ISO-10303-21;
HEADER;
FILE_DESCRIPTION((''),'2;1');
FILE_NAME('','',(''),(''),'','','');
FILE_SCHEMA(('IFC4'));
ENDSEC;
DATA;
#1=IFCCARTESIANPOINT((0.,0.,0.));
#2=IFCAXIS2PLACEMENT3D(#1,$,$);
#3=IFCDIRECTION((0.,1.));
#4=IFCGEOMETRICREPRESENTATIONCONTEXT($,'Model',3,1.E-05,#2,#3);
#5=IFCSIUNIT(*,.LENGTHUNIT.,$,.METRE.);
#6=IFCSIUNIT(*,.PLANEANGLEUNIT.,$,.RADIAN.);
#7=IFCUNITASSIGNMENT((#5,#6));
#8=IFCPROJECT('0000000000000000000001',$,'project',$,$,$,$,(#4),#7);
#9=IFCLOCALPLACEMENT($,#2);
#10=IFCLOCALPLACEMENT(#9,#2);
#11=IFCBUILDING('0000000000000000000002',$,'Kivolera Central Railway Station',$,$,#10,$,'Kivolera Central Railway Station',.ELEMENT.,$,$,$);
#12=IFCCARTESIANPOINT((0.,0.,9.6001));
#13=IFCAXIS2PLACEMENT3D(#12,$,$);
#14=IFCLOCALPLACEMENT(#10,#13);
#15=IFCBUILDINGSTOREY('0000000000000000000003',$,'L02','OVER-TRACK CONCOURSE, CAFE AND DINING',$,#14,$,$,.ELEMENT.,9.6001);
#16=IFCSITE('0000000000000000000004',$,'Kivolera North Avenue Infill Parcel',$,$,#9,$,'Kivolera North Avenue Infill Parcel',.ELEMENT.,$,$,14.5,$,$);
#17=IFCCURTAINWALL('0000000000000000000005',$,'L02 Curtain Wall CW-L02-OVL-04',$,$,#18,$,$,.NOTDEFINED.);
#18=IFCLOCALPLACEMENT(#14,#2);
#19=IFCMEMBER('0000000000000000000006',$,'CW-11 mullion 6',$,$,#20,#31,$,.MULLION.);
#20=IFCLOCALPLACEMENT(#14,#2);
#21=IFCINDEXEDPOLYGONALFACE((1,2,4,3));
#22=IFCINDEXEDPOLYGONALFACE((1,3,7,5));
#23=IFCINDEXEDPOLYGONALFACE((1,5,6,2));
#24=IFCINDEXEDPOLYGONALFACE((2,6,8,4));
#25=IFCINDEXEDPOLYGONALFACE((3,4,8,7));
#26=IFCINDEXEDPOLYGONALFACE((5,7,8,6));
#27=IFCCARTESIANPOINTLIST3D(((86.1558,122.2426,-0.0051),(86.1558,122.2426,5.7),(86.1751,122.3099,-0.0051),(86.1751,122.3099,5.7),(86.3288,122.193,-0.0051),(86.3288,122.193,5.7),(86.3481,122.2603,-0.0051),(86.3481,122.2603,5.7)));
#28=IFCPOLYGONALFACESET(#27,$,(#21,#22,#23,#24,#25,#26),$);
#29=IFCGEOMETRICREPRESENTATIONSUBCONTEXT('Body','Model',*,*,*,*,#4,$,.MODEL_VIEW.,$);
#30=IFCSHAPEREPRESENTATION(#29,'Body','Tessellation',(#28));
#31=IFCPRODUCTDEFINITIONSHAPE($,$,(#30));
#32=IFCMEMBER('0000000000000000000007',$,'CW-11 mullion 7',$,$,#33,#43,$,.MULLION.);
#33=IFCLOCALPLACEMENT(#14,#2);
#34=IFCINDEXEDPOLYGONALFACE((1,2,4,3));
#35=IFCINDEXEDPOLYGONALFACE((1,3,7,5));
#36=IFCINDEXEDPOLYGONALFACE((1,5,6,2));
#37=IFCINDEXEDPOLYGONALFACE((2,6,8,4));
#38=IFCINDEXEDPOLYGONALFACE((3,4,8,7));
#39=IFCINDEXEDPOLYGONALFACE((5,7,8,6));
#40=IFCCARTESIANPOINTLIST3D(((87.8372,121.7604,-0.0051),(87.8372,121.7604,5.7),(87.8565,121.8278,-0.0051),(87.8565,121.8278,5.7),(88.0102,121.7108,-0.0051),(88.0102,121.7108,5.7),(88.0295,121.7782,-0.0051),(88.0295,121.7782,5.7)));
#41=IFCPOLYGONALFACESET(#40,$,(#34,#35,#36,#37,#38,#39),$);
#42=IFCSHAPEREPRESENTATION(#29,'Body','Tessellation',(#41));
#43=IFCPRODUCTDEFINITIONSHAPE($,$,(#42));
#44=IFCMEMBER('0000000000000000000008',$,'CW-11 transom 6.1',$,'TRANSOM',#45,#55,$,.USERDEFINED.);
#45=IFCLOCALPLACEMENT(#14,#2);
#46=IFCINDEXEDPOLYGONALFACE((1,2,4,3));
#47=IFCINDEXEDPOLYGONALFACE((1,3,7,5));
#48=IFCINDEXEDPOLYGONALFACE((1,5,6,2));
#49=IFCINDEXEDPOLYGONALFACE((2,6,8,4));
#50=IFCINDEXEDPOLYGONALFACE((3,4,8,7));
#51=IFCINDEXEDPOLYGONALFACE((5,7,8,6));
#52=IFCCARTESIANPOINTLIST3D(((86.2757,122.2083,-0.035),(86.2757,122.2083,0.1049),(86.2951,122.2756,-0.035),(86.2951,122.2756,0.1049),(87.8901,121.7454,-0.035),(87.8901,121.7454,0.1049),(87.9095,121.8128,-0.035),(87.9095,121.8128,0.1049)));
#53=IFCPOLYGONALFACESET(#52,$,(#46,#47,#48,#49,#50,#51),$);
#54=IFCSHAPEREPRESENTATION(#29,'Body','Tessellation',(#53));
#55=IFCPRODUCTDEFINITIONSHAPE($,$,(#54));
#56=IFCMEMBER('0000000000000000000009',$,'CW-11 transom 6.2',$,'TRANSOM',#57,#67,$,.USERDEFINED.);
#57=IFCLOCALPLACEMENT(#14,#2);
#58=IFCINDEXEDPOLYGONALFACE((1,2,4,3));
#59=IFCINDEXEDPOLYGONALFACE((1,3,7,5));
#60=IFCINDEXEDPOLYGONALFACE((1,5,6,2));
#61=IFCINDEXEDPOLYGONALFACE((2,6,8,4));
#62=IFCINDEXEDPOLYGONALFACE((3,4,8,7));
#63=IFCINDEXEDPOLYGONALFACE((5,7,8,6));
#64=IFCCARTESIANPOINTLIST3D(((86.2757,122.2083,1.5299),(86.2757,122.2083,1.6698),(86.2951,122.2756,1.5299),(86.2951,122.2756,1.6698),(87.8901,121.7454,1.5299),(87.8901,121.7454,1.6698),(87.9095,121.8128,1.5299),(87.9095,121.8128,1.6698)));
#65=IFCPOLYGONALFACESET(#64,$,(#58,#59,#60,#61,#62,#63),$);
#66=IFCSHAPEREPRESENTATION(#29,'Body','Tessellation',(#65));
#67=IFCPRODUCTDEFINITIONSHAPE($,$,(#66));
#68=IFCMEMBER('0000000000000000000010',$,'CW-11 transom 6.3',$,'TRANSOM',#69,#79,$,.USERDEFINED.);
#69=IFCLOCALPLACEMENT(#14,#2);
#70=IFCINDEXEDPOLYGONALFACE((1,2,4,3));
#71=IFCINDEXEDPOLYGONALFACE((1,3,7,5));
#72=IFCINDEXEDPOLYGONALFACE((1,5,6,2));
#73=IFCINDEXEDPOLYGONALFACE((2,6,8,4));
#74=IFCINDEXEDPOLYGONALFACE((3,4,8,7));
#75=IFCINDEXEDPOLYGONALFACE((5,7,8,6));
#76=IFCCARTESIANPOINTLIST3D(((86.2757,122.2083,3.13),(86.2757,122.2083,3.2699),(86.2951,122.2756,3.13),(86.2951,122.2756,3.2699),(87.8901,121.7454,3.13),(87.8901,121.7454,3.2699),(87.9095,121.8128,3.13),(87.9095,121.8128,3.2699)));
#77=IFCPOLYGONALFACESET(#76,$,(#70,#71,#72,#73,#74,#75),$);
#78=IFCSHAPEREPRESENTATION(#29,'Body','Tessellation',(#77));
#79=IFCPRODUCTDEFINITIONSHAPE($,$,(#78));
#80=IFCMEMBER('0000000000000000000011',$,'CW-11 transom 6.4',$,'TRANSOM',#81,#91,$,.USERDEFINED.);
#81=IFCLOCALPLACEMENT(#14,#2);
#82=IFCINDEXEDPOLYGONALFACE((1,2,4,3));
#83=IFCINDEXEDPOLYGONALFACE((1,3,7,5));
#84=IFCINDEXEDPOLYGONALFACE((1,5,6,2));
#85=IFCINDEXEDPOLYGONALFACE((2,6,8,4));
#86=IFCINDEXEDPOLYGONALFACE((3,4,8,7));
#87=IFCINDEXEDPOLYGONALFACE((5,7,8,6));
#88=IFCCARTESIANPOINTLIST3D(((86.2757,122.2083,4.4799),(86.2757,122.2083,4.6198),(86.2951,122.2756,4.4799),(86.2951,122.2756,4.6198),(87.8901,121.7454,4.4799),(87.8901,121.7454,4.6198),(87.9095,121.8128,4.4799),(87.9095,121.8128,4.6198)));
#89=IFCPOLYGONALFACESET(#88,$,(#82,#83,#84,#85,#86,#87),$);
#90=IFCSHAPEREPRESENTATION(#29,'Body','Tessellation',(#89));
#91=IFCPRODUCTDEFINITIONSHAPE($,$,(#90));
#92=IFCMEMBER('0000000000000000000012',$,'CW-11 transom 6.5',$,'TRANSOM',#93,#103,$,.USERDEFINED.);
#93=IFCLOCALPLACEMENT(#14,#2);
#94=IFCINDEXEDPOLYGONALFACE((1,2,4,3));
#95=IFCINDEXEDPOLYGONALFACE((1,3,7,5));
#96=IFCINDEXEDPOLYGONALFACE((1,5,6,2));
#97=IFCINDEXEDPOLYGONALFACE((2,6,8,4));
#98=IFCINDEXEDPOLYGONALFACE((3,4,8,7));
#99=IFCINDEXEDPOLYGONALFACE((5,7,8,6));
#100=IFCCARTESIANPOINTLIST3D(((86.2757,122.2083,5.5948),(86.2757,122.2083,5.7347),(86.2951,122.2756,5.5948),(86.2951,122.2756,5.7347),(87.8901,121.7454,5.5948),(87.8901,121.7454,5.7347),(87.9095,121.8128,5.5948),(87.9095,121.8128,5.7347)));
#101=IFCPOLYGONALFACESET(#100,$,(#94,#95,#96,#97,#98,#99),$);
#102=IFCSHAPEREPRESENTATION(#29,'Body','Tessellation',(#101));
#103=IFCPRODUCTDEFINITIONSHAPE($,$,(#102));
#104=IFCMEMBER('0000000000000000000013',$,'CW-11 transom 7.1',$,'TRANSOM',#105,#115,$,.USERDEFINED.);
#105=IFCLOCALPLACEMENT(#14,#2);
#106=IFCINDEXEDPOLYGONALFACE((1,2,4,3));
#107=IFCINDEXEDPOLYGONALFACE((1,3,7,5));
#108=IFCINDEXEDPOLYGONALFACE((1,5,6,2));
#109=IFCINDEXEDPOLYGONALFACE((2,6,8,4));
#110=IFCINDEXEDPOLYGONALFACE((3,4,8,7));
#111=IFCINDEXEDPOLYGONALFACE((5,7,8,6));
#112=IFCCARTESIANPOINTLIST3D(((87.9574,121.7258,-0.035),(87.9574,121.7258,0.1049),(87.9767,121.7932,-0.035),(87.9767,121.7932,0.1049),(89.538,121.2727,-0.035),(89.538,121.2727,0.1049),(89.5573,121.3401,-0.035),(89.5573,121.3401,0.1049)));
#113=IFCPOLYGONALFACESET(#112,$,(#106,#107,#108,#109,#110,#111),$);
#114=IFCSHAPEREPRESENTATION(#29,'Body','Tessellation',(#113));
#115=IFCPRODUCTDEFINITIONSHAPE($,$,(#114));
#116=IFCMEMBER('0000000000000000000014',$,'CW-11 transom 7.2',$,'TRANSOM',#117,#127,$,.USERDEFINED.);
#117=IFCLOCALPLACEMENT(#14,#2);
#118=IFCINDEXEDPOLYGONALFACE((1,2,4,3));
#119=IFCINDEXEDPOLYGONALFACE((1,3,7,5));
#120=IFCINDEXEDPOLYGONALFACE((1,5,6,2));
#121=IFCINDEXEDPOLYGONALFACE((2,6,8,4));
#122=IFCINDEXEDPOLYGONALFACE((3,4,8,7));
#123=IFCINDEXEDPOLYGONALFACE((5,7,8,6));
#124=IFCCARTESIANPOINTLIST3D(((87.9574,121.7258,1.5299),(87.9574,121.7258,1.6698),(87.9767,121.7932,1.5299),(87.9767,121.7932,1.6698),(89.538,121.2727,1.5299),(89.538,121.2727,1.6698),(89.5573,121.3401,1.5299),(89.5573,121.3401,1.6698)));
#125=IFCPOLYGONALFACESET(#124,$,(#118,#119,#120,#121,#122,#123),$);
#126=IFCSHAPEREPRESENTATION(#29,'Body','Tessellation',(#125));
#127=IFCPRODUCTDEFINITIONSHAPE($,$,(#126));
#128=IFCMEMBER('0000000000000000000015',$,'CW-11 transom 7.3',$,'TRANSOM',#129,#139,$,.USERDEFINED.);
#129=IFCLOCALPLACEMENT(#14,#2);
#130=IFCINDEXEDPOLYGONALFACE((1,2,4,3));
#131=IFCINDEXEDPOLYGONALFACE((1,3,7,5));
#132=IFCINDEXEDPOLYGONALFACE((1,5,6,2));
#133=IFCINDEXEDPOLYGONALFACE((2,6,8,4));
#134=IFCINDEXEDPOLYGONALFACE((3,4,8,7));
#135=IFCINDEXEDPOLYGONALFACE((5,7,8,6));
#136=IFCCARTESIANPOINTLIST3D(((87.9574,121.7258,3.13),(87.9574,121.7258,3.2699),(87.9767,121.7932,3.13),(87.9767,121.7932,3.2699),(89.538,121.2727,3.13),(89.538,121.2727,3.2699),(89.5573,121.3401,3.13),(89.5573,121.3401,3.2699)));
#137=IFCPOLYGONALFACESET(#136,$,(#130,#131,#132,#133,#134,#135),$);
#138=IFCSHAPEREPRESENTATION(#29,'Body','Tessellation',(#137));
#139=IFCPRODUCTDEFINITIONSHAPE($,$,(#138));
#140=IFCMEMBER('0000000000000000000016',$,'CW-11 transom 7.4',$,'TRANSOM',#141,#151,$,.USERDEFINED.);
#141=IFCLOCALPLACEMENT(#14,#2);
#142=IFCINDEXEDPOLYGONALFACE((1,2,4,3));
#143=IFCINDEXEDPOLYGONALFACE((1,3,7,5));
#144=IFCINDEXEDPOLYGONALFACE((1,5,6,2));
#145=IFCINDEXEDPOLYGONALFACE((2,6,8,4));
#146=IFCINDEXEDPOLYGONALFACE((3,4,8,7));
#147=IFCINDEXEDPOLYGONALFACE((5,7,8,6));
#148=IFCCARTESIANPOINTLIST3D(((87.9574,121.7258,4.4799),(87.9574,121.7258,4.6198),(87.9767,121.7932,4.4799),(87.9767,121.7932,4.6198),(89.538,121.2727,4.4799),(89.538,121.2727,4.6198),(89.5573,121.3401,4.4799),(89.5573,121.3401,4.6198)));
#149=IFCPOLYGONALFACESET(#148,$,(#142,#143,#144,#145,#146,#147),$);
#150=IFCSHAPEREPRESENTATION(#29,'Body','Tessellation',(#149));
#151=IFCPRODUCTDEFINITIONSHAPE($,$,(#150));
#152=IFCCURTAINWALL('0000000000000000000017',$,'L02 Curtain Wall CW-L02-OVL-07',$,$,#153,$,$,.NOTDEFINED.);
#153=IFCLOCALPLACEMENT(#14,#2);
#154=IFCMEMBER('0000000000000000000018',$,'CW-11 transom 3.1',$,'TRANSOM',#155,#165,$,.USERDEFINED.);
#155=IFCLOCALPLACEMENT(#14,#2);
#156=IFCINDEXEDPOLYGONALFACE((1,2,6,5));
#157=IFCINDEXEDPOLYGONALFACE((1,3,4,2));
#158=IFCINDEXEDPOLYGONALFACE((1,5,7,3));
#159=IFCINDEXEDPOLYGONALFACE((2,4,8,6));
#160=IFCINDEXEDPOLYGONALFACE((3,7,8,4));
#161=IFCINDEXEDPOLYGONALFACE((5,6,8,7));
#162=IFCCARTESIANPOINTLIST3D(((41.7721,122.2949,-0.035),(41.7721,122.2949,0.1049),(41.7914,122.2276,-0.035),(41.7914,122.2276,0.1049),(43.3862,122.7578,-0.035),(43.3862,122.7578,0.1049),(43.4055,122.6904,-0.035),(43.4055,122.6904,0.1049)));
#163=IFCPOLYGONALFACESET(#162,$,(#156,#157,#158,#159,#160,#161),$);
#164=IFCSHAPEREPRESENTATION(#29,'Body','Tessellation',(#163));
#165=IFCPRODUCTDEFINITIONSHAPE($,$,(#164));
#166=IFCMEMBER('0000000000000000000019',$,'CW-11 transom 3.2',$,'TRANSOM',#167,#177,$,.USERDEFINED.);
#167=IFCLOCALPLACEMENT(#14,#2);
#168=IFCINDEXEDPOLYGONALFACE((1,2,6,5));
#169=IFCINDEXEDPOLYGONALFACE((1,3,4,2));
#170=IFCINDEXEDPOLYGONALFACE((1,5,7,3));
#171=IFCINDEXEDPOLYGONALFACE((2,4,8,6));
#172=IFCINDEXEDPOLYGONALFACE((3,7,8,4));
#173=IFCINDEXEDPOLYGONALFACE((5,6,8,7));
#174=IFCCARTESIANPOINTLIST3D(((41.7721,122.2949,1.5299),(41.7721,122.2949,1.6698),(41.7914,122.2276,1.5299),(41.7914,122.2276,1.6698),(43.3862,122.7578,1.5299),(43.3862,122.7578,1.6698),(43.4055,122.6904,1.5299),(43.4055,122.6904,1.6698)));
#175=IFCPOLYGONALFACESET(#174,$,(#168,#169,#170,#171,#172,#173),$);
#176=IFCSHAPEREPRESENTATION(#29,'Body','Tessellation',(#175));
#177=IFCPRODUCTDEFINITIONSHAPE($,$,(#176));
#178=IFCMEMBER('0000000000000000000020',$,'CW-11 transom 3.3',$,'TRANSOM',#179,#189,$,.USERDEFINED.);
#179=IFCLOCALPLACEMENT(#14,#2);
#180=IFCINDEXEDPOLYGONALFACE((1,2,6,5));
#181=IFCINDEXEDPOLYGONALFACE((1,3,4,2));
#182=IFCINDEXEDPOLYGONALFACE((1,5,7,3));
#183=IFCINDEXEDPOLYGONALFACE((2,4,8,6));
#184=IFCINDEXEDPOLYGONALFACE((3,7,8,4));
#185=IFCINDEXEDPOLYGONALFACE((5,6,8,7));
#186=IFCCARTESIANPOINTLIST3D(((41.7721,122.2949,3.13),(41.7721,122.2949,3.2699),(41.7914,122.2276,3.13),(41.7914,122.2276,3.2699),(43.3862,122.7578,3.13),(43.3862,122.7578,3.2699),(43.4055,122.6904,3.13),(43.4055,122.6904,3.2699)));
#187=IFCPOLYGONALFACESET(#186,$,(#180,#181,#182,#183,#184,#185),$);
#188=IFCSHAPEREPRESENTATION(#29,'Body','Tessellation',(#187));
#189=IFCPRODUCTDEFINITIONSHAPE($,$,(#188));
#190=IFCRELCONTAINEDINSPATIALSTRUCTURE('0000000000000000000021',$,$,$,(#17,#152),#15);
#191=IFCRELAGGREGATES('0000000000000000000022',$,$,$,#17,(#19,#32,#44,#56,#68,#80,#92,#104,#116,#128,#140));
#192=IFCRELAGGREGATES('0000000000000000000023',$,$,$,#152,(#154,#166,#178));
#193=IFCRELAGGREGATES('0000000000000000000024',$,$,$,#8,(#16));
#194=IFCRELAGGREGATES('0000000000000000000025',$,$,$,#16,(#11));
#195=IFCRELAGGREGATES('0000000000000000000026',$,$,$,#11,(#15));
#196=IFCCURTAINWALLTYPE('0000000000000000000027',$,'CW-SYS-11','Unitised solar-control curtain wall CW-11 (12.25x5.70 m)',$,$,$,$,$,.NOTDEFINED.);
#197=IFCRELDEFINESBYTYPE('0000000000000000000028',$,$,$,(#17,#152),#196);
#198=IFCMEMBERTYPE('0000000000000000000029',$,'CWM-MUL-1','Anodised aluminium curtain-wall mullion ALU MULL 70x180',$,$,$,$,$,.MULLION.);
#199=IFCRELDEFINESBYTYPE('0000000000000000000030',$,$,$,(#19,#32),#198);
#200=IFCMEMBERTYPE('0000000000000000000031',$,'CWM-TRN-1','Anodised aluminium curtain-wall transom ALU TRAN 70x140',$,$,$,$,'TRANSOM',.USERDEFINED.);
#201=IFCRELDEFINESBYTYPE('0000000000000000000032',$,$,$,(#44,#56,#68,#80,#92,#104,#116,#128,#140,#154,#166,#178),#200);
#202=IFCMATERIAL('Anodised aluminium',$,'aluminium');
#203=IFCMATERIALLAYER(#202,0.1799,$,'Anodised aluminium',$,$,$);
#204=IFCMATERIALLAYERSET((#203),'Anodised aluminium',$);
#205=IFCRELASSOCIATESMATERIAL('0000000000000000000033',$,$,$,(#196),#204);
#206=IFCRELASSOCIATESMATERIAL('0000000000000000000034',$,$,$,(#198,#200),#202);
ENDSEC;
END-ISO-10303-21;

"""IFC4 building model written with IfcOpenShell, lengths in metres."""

from ifc_helpers import new_model, si_unit, direction, frame, origin, origin_2d, place, context, subcontext, project, spatial, rectangle, extrude, material, layer, layer_set, material_profile, profile_set, type_object, element, aggregate, save


model = new_model("IFC4")

# Units and contexts
model_context = context("Model", 3, precision=1e-05, world=origin(), true_north=direction((0.0, 1.0)))
body_context = subcontext(model_context, "Body", "Model", "MODEL_VIEW")
ifc_project = project(units=[si_unit("LENGTHUNIT", "METRE"), si_unit("PLANEANGLEUNIT", "RADIAN")], contexts=[model_context])

# Site, building, storey
site_placement = place(None, origin())
site = spatial("IfcSite", under=ifc_project, at=site_placement, Name="Kivolera North Avenue Infill Parcel", LongName="Kivolera North Avenue Infill Parcel", CompositionType="ELEMENT", RefElevation=14.5)
building_placement = place(site_placement, origin())
building = spatial("IfcBuilding", under=site, at=building_placement, Name="Kivolera Central Railway Station", LongName="Kivolera Central Railway Station", CompositionType="ELEMENT")
storey_placement = place(building_placement, frame((0.0, 0.0, 9.6001)))
storey = spatial("IfcBuildingStorey", under=building, at=storey_placement, Name="L02", Description="OVER-TRACK CONCOURSE, CAFE AND DINING", CompositionType="ELEMENT", Elevation=9.6001)

# Curtain walls, members
ifc_material_1 = material(Name="Anodised aluminium", Category="aluminium")
ifc_layer_1 = layer(ifc_material_1, 0.1799, Name="Anodised aluminium")
ifc_layer_set_1 = layer_set([ifc_layer_1], Name="Anodised aluminium")
curtain_wall_type = type_object("IfcCurtainWallType", Name="CW-SYS-11", Description="Unitised solar-control curtain wall CW-11 (12.25x5.70 m)", PredefinedType="NOTDEFINED", material=ifc_layer_set_1)
curtain_wall_1_placement = place(storey_placement, origin())
curtain_wall_1 = element("IfcCurtainWall", 1, at=curtain_wall_1_placement, inside=storey, type_object=curtain_wall_type, Name="L02 Curtain Wall CW-L02-OVL-04", PredefinedType="NOTDEFINED")
ifc_material_profile_1 = material_profile(ifc_material_1, rectangle(XDim=0.0701, YDim=0.1799, at=origin_2d()), Name="ALU MULL 70x180")
ifc_profile_set_1 = profile_set([ifc_material_profile_1], Name="Anodised aluminium")
member_type_1 = type_object("IfcMemberType", Name="CWM-MUL-1", Description="Anodised aluminium curtain-wall mullion ALU MULL 70x180", PredefinedType="MULLION", material=ifc_profile_set_1)
member_1_placement = place(storey_placement, frame((86.252, 122.2515, -0.0051), z_axis=(0.0, 0.0, 1.0), x_axis=(0.275692, 0.961246, 0.0)))
member_1 = element("IfcMember", 2, at=member_1_placement, type_object=member_type_1, Name="CW-11 mullion 6", PredefinedType="MULLION", context=body_context, shape_type="SweptSolid", body=[
    extrude(rectangle(XDim=0.0701, YDim=0.1799, at=origin_2d()), origin(), (0.0, 0.0, 1.0), 5.7051),
])
member_2_placement = place(storey_placement, frame((87.9333, 121.7693, -0.0051), z_axis=(0.0, 0.0, 1.0), x_axis=(0.275692, 0.961246, 0.0)))
member_2 = element("IfcMember", 3, at=member_2_placement, type_object=member_type_1, Name="CW-11 mullion 7", PredefinedType="MULLION", context=body_context, shape_type="SweptSolid", body=[
    extrude(rectangle(XDim=0.0701, YDim=0.1799, at=origin_2d()), origin(), (0.0, 0.0, 1.0), 5.7051),
])
ifc_material_profile_2 = material_profile(ifc_material_1, rectangle(XDim=0.0701, YDim=0.1399, at=origin_2d()), Name="ALU TRAN 70x140")
ifc_profile_set_2 = profile_set([ifc_material_profile_2], Name="Anodised aluminium")
member_type_2 = type_object("IfcMemberType", Name="CWM-TRN-1", Description="Anodised aluminium curtain-wall transom ALU TRAN 70x140", ElementType="TRANSOM", PredefinedType="USERDEFINED", material=ifc_profile_set_2)
member_3_placement = place(storey_placement, frame((86.2854, 122.2419, 0.0349), z_axis=(0.961271, -0.275604, 0.0), x_axis=(0.275604, 0.961271, 0.0)))
member_3 = element("IfcMember", 4, at=member_3_placement, type_object=member_type_2, Name="CW-11 transom 6.1", ObjectType="TRANSOM", PredefinedType="USERDEFINED", context=body_context, shape_type="SweptSolid", body=[
    extrude(rectangle(XDim=0.0701, YDim=0.1399, at=origin_2d()), origin(), (0.0, 0.0, 1.0), 1.6794),
])
member_4_placement = place(storey_placement, frame((86.2854, 122.2419, 1.5999), z_axis=(0.961271, -0.275604, 0.0), x_axis=(0.275604, 0.961271, 0.0)))
member_4 = element("IfcMember", 5, at=member_4_placement, type_object=member_type_2, Name="CW-11 transom 6.2", ObjectType="TRANSOM", PredefinedType="USERDEFINED", context=body_context, shape_type="SweptSolid", body=[
    extrude(rectangle(XDim=0.0701, YDim=0.1399, at=origin_2d()), origin(), (0.0, 0.0, 1.0), 1.6794),
])
member_5_placement = place(storey_placement, frame((86.2854, 122.2419, 3.2), z_axis=(0.961271, -0.275604, 0.0), x_axis=(0.275604, 0.961271, 0.0)))
member_5 = element("IfcMember", 6, at=member_5_placement, type_object=member_type_2, Name="CW-11 transom 6.3", ObjectType="TRANSOM", PredefinedType="USERDEFINED", context=body_context, shape_type="SweptSolid", body=[
    extrude(rectangle(XDim=0.0701, YDim=0.1399, at=origin_2d()), origin(), (0.0, 0.0, 1.0), 1.6794),
])
member_6_placement = place(storey_placement, frame((86.2854, 122.2419, 4.5498), z_axis=(0.961271, -0.275604, 0.0), x_axis=(0.275604, 0.961271, 0.0)))
member_6 = element("IfcMember", 7, at=member_6_placement, type_object=member_type_2, Name="CW-11 transom 6.4", ObjectType="TRANSOM", PredefinedType="USERDEFINED", context=body_context, shape_type="SweptSolid", body=[
    extrude(rectangle(XDim=0.0701, YDim=0.1399, at=origin_2d()), origin(), (0.0, 0.0, 1.0), 1.6794),
])
member_7_placement = place(storey_placement, frame((86.2854, 122.2419, 5.6648), z_axis=(0.961271, -0.275604, 0.0), x_axis=(0.275604, 0.961271, 0.0)))
member_7 = element("IfcMember", 8, at=member_7_placement, type_object=member_type_2, Name="CW-11 transom 6.5", ObjectType="TRANSOM", PredefinedType="USERDEFINED", context=body_context, shape_type="SweptSolid", body=[
    extrude(rectangle(XDim=0.0701, YDim=0.1399, at=origin_2d()), origin(), (0.0, 0.0, 1.0), 1.6794),
])
member_8_placement = place(storey_placement, frame((87.967, 121.7595, 0.0349), z_axis=(0.961277, -0.275584, 0.0), x_axis=(0.275584, 0.961277, 0.0)))
member_8 = element("IfcMember", 9, at=member_8_placement, type_object=member_type_2, Name="CW-11 transom 7.1", ObjectType="TRANSOM", PredefinedType="USERDEFINED", context=body_context, shape_type="SweptSolid", body=[
    extrude(rectangle(XDim=0.0701, YDim=0.1399, at=origin_2d()), origin(), (0.0, 0.0, 1.0), 1.6443),
])
member_9_placement = place(storey_placement, frame((87.967, 121.7595, 1.5999), z_axis=(0.961277, -0.275584, 0.0), x_axis=(0.275584, 0.961277, 0.0)))
member_9 = element("IfcMember", 10, at=member_9_placement, type_object=member_type_2, Name="CW-11 transom 7.2", ObjectType="TRANSOM", PredefinedType="USERDEFINED", context=body_context, shape_type="SweptSolid", body=[
    extrude(rectangle(XDim=0.0701, YDim=0.1399, at=origin_2d()), origin(), (0.0, 0.0, 1.0), 1.6443),
])
member_10_placement = place(storey_placement, frame((87.967, 121.7595, 3.2), z_axis=(0.961277, -0.275584, 0.0), x_axis=(0.275584, 0.961277, 0.0)))
member_10 = element("IfcMember", 11, at=member_10_placement, type_object=member_type_2, Name="CW-11 transom 7.3", ObjectType="TRANSOM", PredefinedType="USERDEFINED", context=body_context, shape_type="SweptSolid", body=[
    extrude(rectangle(XDim=0.0701, YDim=0.1399, at=origin_2d()), origin(), (0.0, 0.0, 1.0), 1.6443),
])
member_11_placement = place(storey_placement, frame((87.967, 121.7595, 4.5498), z_axis=(0.961277, -0.275584, 0.0), x_axis=(0.275584, 0.961277, 0.0)))
member_11 = element("IfcMember", 12, at=member_11_placement, type_object=member_type_2, Name="CW-11 transom 7.4", ObjectType="TRANSOM", PredefinedType="USERDEFINED", context=body_context, shape_type="SweptSolid", body=[
    extrude(rectangle(XDim=0.0701, YDim=0.1399, at=origin_2d()), origin(), (0.0, 0.0, 1.0), 1.6443),
])
curtain_wall_2_placement = place(storey_placement, origin())
curtain_wall_2 = element("IfcCurtainWall", 13, at=curtain_wall_2_placement, inside=storey, type_object=curtain_wall_type, Name="L02 Curtain Wall CW-L02-OVL-07", PredefinedType="NOTDEFINED")
member_12_placement = place(storey_placement, frame((41.7817, 122.2612, 0.0349), z_axis=(0.96126, 0.275643, 0.0), x_axis=(-0.275643, 0.96126, 0.0)))
member_12 = element("IfcMember", 14, at=member_12_placement, type_object=member_type_2, Name="CW-11 transom 3.1", ObjectType="TRANSOM", PredefinedType="USERDEFINED", context=body_context, shape_type="SweptSolid", body=[
    extrude(rectangle(XDim=0.0701, YDim=0.1399, at=origin_2d()), origin(), (0.0, 0.0, 1.0), 1.6792),
])
member_13_placement = place(storey_placement, frame((41.7817, 122.2612, 1.5999), z_axis=(0.96126, 0.275643, 0.0), x_axis=(-0.275643, 0.96126, 0.0)))
member_13 = element("IfcMember", 15, at=member_13_placement, type_object=member_type_2, Name="CW-11 transom 3.2", ObjectType="TRANSOM", PredefinedType="USERDEFINED", context=body_context, shape_type="SweptSolid", body=[
    extrude(rectangle(XDim=0.0701, YDim=0.1399, at=origin_2d()), origin(), (0.0, 0.0, 1.0), 1.6792),
])
member_14_placement = place(storey_placement, frame((41.7817, 122.2612, 3.2), z_axis=(0.96126, 0.275643, 0.0), x_axis=(-0.275643, 0.96126, 0.0)))
member_14 = element("IfcMember", 16, at=member_14_placement, type_object=member_type_2, Name="CW-11 transom 3.3", ObjectType="TRANSOM", PredefinedType="USERDEFINED", context=body_context, shape_type="SweptSolid", body=[
    extrude(rectangle(XDim=0.0701, YDim=0.1399, at=origin_2d()), origin(), (0.0, 0.0, 1.0), 1.6792),
])

aggregate(curtain_wall_1, [member_1, member_2, member_3, member_4, member_5, member_6, member_7, member_8, member_9, member_10, member_11])
aggregate(curtain_wall_2, [member_12, member_13, member_14])

save(model, "model.ifc")
